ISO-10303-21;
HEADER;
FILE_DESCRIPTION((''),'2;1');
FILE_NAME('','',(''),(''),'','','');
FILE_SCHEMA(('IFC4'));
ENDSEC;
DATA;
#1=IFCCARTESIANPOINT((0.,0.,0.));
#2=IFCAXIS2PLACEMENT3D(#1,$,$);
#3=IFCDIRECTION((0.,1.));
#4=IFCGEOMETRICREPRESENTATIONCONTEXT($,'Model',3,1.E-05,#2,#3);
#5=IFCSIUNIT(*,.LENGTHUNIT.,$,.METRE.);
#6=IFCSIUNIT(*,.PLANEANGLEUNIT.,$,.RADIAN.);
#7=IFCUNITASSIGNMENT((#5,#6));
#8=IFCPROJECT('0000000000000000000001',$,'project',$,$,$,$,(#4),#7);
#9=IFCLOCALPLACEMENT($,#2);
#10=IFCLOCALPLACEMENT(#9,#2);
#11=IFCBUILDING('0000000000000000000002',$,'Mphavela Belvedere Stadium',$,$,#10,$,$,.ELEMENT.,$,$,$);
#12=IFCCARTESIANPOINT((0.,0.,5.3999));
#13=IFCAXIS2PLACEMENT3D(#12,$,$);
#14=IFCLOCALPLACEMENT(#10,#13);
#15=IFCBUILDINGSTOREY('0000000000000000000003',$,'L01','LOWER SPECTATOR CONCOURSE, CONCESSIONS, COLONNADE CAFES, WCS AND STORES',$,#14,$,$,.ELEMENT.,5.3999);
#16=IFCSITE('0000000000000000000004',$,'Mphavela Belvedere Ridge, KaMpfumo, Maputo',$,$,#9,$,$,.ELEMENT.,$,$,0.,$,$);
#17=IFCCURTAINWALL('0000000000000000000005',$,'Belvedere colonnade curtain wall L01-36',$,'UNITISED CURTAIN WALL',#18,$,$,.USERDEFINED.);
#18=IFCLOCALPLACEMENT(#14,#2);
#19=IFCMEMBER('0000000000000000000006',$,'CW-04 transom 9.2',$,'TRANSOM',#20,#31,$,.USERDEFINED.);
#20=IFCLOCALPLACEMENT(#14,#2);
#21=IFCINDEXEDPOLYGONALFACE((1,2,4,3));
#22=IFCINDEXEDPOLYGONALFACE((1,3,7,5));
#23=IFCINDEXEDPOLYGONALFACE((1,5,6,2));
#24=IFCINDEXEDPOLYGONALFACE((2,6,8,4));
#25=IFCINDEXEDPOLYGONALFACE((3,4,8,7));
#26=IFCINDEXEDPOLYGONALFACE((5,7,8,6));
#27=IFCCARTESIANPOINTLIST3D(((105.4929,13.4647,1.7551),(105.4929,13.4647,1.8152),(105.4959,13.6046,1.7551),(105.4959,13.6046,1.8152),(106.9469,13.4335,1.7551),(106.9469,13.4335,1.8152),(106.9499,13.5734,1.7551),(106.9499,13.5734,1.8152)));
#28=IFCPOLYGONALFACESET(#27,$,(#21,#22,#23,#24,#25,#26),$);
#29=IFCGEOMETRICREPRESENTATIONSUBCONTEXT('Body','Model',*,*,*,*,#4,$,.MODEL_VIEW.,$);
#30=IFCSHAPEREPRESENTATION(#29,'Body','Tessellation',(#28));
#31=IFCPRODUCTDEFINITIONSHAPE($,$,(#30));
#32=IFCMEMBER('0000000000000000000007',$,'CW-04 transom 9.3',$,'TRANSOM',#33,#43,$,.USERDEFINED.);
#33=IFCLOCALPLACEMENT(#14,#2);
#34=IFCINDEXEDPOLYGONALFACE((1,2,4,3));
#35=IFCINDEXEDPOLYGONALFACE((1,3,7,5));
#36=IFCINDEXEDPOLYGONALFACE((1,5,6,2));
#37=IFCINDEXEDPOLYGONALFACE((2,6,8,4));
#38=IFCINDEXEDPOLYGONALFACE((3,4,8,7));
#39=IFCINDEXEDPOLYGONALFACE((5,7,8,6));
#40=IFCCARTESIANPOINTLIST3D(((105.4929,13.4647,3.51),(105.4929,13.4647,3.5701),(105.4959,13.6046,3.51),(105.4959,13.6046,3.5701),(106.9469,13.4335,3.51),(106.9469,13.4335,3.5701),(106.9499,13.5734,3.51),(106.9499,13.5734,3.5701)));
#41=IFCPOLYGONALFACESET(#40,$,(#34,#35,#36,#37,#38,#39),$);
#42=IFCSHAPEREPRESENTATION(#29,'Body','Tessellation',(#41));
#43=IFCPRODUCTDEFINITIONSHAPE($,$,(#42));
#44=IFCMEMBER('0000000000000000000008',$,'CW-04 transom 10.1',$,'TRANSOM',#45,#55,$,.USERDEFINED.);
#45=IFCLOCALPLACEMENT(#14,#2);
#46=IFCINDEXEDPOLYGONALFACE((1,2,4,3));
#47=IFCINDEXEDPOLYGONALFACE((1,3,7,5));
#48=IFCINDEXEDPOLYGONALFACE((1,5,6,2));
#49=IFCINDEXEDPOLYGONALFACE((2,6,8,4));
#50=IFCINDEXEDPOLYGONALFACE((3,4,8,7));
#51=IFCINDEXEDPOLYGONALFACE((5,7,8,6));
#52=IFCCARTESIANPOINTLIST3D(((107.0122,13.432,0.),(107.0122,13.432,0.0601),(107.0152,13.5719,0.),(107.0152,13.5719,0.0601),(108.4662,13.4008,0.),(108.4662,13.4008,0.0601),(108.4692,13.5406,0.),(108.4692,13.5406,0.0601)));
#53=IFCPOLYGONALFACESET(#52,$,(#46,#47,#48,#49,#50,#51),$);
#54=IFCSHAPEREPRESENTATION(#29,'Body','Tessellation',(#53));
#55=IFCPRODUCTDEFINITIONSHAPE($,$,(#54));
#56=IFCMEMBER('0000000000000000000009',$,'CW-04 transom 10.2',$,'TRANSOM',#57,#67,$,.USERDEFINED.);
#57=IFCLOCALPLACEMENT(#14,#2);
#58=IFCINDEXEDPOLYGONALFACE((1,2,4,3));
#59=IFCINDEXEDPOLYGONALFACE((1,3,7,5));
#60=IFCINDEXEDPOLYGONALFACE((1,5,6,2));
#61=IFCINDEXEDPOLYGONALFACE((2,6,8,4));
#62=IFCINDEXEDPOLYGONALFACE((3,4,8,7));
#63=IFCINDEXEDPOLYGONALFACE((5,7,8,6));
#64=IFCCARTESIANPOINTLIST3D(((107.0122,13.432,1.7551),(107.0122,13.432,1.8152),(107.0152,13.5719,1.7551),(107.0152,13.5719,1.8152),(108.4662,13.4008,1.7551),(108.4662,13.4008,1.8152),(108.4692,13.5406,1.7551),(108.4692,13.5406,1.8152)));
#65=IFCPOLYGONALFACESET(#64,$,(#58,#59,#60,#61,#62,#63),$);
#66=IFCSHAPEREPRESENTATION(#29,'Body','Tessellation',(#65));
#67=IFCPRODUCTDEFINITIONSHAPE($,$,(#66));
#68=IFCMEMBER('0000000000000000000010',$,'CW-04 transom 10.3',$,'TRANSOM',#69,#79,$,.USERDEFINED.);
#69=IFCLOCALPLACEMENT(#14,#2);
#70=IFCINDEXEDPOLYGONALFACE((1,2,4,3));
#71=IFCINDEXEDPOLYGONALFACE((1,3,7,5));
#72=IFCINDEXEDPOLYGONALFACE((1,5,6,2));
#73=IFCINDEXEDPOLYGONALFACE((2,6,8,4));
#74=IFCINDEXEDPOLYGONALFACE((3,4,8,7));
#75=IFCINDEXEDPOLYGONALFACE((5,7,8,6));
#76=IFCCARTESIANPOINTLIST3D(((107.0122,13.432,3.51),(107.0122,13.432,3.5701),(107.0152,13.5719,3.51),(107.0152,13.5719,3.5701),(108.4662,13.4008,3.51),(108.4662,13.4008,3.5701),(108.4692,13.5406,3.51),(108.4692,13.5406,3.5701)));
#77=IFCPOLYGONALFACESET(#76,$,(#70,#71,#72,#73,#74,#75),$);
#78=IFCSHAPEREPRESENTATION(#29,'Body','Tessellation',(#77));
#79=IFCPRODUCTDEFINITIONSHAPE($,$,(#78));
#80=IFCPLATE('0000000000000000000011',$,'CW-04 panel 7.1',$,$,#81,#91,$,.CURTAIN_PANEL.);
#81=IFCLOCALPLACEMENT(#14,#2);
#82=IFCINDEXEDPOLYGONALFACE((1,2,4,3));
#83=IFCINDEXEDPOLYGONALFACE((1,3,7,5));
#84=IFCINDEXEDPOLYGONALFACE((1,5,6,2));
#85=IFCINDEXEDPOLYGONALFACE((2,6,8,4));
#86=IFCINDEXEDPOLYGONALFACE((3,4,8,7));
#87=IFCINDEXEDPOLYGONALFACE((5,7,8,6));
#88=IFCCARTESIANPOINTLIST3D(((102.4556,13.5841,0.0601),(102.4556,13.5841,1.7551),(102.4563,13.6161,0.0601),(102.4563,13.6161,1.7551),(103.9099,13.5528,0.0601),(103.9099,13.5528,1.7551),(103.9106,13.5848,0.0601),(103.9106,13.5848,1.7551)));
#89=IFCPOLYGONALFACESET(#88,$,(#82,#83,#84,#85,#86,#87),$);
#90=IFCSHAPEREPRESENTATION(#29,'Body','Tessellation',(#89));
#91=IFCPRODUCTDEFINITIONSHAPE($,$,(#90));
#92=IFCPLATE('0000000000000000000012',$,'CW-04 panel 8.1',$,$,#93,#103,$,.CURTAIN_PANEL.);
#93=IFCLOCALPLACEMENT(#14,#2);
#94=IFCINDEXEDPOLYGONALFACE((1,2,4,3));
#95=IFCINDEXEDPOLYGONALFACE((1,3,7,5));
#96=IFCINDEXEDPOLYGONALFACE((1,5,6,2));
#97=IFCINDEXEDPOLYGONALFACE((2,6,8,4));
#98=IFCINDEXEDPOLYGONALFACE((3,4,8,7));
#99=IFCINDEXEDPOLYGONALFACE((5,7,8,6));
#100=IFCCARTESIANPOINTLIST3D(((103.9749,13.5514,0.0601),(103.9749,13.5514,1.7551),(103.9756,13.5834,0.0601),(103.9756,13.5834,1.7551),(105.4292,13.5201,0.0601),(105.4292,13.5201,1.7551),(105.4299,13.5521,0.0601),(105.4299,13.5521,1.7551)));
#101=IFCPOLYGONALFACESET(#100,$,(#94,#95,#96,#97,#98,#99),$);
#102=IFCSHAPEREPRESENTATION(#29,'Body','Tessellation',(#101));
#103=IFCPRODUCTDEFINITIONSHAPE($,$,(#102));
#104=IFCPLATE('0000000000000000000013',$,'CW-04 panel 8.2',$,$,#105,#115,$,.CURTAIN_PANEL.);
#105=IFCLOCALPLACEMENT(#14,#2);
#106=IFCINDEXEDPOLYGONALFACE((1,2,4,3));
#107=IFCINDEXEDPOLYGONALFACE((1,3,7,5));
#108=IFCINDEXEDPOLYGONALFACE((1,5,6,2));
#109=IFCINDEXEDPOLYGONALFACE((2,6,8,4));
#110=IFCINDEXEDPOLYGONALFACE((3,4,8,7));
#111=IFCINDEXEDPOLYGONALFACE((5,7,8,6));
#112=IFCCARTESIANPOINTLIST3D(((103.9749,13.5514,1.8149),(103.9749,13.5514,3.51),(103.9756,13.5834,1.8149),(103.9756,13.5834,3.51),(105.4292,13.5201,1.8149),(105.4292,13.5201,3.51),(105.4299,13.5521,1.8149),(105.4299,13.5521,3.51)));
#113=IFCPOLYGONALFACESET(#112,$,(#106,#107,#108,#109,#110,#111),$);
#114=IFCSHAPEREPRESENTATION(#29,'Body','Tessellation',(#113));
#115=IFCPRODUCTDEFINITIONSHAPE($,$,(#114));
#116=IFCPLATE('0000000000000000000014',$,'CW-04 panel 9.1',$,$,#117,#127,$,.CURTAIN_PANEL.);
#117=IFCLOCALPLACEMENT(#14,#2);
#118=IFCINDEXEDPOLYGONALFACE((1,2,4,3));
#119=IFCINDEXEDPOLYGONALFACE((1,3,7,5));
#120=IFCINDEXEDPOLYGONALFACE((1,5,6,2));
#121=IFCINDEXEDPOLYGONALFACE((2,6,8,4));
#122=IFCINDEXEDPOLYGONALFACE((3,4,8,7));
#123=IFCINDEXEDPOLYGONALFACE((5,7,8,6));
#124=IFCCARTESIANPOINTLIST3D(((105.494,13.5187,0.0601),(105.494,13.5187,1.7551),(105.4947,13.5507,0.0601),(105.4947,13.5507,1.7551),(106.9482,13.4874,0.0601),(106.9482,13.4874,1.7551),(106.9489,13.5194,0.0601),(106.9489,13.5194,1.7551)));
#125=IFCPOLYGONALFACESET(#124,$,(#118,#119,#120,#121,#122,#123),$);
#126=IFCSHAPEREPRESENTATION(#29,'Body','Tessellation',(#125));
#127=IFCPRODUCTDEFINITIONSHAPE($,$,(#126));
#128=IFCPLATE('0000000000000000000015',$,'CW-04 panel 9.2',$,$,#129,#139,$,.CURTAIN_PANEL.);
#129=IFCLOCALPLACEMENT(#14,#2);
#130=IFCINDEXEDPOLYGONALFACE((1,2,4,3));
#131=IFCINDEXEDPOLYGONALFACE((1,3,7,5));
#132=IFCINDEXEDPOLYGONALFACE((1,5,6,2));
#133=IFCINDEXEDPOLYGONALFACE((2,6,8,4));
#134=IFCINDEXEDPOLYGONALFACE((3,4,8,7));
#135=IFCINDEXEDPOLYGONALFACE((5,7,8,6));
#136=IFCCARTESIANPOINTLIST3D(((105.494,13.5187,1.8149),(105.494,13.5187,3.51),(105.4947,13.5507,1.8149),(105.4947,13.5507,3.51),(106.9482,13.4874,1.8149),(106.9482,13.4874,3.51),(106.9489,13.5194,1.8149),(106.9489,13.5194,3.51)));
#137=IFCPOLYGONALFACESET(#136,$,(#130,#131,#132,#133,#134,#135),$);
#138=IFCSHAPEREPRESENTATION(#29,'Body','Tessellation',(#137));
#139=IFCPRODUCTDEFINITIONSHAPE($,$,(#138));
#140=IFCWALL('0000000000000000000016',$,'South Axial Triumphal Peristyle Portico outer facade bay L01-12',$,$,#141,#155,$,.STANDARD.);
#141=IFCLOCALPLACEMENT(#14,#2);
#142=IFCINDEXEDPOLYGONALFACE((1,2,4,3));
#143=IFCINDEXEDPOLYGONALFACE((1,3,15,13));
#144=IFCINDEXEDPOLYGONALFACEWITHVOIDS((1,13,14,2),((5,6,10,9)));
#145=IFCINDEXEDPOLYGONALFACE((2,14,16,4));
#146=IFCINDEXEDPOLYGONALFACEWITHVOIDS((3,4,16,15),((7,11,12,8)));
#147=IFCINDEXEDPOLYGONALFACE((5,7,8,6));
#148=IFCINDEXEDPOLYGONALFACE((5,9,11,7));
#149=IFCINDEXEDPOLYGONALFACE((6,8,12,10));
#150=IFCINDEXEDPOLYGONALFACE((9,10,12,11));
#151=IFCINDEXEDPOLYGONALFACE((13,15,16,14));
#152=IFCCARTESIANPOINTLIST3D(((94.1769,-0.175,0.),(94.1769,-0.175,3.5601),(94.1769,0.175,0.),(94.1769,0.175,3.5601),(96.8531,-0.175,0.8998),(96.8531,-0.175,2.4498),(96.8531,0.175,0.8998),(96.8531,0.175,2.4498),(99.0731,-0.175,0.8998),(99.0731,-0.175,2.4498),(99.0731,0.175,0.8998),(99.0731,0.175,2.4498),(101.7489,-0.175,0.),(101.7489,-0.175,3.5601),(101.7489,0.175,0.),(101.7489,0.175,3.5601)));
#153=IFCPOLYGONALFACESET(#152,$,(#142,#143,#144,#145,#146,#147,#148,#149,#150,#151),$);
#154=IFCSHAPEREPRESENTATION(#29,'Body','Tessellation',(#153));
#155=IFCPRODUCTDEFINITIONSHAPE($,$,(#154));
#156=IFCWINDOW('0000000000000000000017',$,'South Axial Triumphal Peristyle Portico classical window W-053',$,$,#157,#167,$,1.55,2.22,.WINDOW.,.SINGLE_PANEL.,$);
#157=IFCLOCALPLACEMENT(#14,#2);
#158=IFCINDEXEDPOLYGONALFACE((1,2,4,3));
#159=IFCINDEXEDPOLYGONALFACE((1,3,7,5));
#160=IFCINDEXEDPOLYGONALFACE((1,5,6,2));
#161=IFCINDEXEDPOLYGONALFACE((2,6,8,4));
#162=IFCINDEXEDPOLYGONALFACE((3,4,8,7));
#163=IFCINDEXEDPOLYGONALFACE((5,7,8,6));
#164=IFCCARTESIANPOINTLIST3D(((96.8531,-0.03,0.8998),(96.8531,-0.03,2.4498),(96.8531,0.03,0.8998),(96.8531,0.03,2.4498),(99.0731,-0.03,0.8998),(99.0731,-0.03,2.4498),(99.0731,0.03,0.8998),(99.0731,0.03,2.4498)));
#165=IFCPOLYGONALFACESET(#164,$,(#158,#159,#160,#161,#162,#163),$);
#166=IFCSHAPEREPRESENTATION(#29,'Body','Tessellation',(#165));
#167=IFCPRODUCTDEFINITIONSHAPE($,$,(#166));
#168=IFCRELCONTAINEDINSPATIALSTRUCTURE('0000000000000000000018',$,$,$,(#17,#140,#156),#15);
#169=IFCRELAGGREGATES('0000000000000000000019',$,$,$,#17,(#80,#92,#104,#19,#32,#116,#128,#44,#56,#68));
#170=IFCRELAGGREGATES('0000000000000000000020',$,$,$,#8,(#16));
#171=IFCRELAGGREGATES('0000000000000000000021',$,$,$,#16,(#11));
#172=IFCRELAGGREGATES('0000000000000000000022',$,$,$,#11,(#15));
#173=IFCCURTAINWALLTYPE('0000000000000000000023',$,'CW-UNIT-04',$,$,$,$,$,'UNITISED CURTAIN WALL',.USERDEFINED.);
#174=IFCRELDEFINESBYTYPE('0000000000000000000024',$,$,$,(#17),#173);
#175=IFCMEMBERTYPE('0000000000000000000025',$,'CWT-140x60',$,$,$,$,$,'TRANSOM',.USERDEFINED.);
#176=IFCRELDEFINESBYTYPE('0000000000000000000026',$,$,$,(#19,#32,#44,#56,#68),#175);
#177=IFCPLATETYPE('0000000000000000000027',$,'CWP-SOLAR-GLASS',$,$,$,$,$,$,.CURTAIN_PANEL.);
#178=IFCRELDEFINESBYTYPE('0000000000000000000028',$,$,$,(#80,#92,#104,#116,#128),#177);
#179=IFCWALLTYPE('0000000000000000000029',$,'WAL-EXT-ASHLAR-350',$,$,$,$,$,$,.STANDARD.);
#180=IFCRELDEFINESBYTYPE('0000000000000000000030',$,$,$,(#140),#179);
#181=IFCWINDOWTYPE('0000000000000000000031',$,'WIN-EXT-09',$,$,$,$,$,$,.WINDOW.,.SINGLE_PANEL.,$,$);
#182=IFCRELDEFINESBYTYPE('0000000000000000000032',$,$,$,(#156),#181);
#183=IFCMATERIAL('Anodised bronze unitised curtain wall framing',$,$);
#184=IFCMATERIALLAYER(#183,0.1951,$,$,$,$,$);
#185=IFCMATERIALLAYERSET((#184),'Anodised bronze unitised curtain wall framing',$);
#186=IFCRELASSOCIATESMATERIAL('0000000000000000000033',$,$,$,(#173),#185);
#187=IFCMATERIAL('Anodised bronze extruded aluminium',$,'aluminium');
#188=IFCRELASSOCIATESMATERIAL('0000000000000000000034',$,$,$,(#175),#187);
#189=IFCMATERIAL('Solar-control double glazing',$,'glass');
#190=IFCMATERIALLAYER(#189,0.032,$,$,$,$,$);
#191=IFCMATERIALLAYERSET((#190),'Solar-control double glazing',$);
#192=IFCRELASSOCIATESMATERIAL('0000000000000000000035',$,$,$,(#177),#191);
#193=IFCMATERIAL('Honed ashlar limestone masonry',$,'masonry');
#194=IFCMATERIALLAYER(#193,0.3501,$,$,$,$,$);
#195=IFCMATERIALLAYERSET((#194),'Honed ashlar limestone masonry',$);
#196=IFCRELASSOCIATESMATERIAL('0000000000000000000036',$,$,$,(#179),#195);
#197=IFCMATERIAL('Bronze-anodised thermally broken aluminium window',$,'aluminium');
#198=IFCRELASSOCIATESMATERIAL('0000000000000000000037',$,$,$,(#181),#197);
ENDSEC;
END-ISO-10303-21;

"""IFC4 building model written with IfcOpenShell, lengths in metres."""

from ifc_helpers import new_model, si_unit, direction, frame, frame_2d, origin, origin_2d, place, context, subcontext, project, spatial, rectangle, extrude, material, layer, layer_set, material_profile, profile_set, type_object, element, fill, aggregate, save


model = new_model("IFC4")

# Units and contexts
model_context = context("Model", 3, precision=1e-05, world=origin(), true_north=direction((0.0, 1.0)))
body_context = subcontext(model_context, "Body", "Model", "MODEL_VIEW")
ifc_project = project(units=[si_unit("LENGTHUNIT", "METRE"), si_unit("PLANEANGLEUNIT", "RADIAN")], contexts=[model_context])

# Site, building, storey
site_placement = place(None, origin())
site = spatial("IfcSite", under=ifc_project, at=site_placement, Name="Mphavela Belvedere Ridge, KaMpfumo, Maputo", CompositionType="ELEMENT", RefElevation=0.0)
building_placement = place(site_placement, origin())
building = spatial("IfcBuilding", under=site, at=building_placement, Name="Mphavela Belvedere Stadium", CompositionType="ELEMENT")
storey_placement = place(building_placement, frame((0.0, 0.0, 5.3999)))
storey = spatial("IfcBuildingStorey", under=building, at=storey_placement, Name="L01", Description="LOWER SPECTATOR CONCOURSE, CONCESSIONS, COLONNADE CAFES, WCS AND STORES", CompositionType="ELEMENT", Elevation=5.3999)

# Curtain wall, members, plates
ifc_material_1 = material(Name="Anodised bronze unitised curtain wall framing")
ifc_layer_1 = layer(ifc_material_1, 0.1951)
ifc_layer_set_1 = layer_set([ifc_layer_1], Name="Anodised bronze unitised curtain wall framing")
curtain_wall_type = type_object("IfcCurtainWallType", Name="CW-UNIT-04", ElementType="UNITISED CURTAIN WALL", PredefinedType="USERDEFINED", material=ifc_layer_set_1)
curtain_wall_placement = place(storey_placement, origin())
curtain_wall = element("IfcCurtainWall", 1, at=curtain_wall_placement, inside=storey, type_object=curtain_wall_type, Name="Belvedere colonnade curtain wall L01-36", ObjectType="UNITISED CURTAIN WALL", PredefinedType="USERDEFINED")
ifc_material_2 = material(Name="Anodised bronze extruded aluminium", Category="aluminium")
ifc_material_profile_1 = material_profile(ifc_material_2, rectangle(XDim=0.1399, YDim=0.0601, at=origin_2d()), Name="CW-TRN 140x60")
ifc_profile_set_1 = profile_set([ifc_material_profile_1], Name="Anodised bronze extruded aluminium")
member_type_1 = type_object("IfcMemberType", Name="CWT-140x60", ElementType="TRANSOM", PredefinedType="USERDEFINED", material=ifc_profile_set_1)
member_1_placement = place(storey_placement, frame((105.4944, 13.5347, 1.7852), z_axis=(0.999769, -0.021486, 0.0), x_axis=(0.021486, 0.999769, 0.0)))
member_1 = element("IfcMember", 2, at=member_1_placement, type_object=member_type_1, Name="CW-04 transom 9.2", ObjectType="TRANSOM", PredefinedType="USERDEFINED", context=body_context, shape_type="SweptSolid", body=[
    extrude(rectangle(XDim=0.1399, YDim=0.0601, at=origin_2d()), origin(), (0.0, 0.0, 1.0), 1.4543),
])
member_2_placement = place(storey_placement, frame((105.4944, 13.5347, 3.54), z_axis=(0.999769, -0.021486, 0.0), x_axis=(0.021486, 0.999769, 0.0)))
member_2 = element("IfcMember", 3, at=member_2_placement, type_object=member_type_1, Name="CW-04 transom 9.3", ObjectType="TRANSOM", PredefinedType="USERDEFINED", context=body_context, shape_type="SweptSolid", body=[
    extrude(rectangle(XDim=0.1399, YDim=0.0601, at=origin_2d()), origin(), (0.0, 0.0, 1.0), 1.4543),
])
member_3_placement = place(storey_placement, frame((107.0137, 13.502, 0.03), z_axis=(0.999769, -0.021486, 0.0), x_axis=(0.021486, 0.999769, 0.0)))
member_3 = element("IfcMember", 4, at=member_3_placement, type_object=member_type_1, Name="CW-04 transom 10.1", ObjectType="TRANSOM", PredefinedType="USERDEFINED", context=body_context, shape_type="SweptSolid", body=[
    extrude(rectangle(XDim=0.1399, YDim=0.0601, at=origin_2d()), origin(), (0.0, 0.0, 1.0), 1.4543),
])
member_4_placement = place(storey_placement, frame((107.0137, 13.502, 1.7852), z_axis=(0.999769, -0.021486, 0.0), x_axis=(0.021486, 0.999769, 0.0)))
member_4 = element("IfcMember", 5, at=member_4_placement, type_object=member_type_1, Name="CW-04 transom 10.2", ObjectType="TRANSOM", PredefinedType="USERDEFINED", context=body_context, shape_type="SweptSolid", body=[
    extrude(rectangle(XDim=0.1399, YDim=0.0601, at=origin_2d()), origin(), (0.0, 0.0, 1.0), 1.4543),
])
member_5_placement = place(storey_placement, frame((107.0137, 13.502, 3.54), z_axis=(0.999769, -0.021486, 0.0), x_axis=(0.021486, 0.999769, 0.0)))
member_5 = element("IfcMember", 6, at=member_5_placement, type_object=member_type_1, Name="CW-04 transom 10.3", ObjectType="TRANSOM", PredefinedType="USERDEFINED", context=body_context, shape_type="SweptSolid", body=[
    extrude(rectangle(XDim=0.1399, YDim=0.0601, at=origin_2d()), origin(), (0.0, 0.0, 1.0), 1.4543),
])
ifc_material_3 = material(Name="Solar-control double glazing", Category="glass")
ifc_layer_2 = layer(ifc_material_3, 0.032)
ifc_layer_set_2 = layer_set([ifc_layer_2], Name="Solar-control double glazing")
plate_type = type_object("IfcPlateType", Name="CWP-SOLAR-GLASS", PredefinedType="CURTAIN_PANEL", material=ifc_layer_set_2)
plate_1_placement = place(storey_placement, frame((103.1831, 13.5845, 0.0601), z_axis=(0.0, 0.0, 1.0), x_axis=(0.999768, -0.021529, 0.0)))
plate_1 = element("IfcPlate", 7, at=plate_1_placement, type_object=plate_type, Name="CW-04 panel 7.1", PredefinedType="CURTAIN_PANEL", context=body_context, shape_type="SweptSolid", body=[
    extrude(rectangle(XDim=1.4546, YDim=0.032, at=origin_2d()), origin(), (0.0, 0.0, 1.0), 1.6951),
])
plate_2_placement = place(storey_placement, frame((104.7024, 13.5518, 0.0601), z_axis=(0.0, 0.0, 1.0), x_axis=(0.999768, -0.021529, 0.0)))
plate_2 = element("IfcPlate", 8, at=plate_2_placement, type_object=plate_type, Name="CW-04 panel 8.1", PredefinedType="CURTAIN_PANEL", context=body_context, shape_type="SweptSolid", body=[
    extrude(rectangle(XDim=1.4546, YDim=0.032, at=origin_2d()), origin(), (0.0, 0.0, 1.0), 1.6951),
])
plate_3_placement = place(storey_placement, frame((104.7024, 13.5518, 1.8149), z_axis=(0.0, 0.0, 1.0), x_axis=(0.999768, -0.021529, 0.0)))
plate_3 = element("IfcPlate", 9, at=plate_3_placement, type_object=plate_type, Name="CW-04 panel 8.2", PredefinedType="CURTAIN_PANEL", context=body_context, shape_type="SweptSolid", body=[
    extrude(rectangle(XDim=1.4546, YDim=0.032, at=origin_2d()), origin(), (0.0, 0.0, 1.0), 1.6951),
])
plate_4_placement = place(storey_placement, frame((106.2214, 13.519, 0.0601), z_axis=(0.0, 0.0, 1.0), x_axis=(0.999768, -0.021529, 0.0)))
plate_4 = element("IfcPlate", 10, at=plate_4_placement, type_object=plate_type, Name="CW-04 panel 9.1", PredefinedType="CURTAIN_PANEL", context=body_context, shape_type="SweptSolid", body=[
    extrude(rectangle(XDim=1.4546, YDim=0.032, at=origin_2d()), origin(), (0.0, 0.0, 1.0), 1.6951),
])
plate_5_placement = place(storey_placement, frame((106.2214, 13.519, 1.8149), z_axis=(0.0, 0.0, 1.0), x_axis=(0.999768, -0.021529, 0.0)))
plate_5 = element("IfcPlate", 11, at=plate_5_placement, type_object=plate_type, Name="CW-04 panel 9.2", PredefinedType="CURTAIN_PANEL", context=body_context, shape_type="SweptSolid", body=[
    extrude(rectangle(XDim=1.4546, YDim=0.032, at=origin_2d()), origin(), (0.0, 0.0, 1.0), 1.6951),
])
aggregate(curtain_wall, [plate_1, plate_2, plate_3, member_1, member_2, plate_4, plate_5, member_3, member_4, member_5])

# Wall, opening, window
ifc_material_4 = material(Name="Honed ashlar limestone masonry", Category="masonry")
ifc_layer_3 = layer(ifc_material_4, 0.3501)
ifc_layer_set_3 = layer_set([ifc_layer_3], Name="Honed ashlar limestone masonry")
wall_type_1 = type_object("IfcWallType", Name="WAL-EXT-ASHLAR-350", PredefinedType="STANDARD", material=ifc_layer_set_3)
wall_1_placement = place(storey_placement, frame((101.749, 0.0, 0.0), z_axis=(0.0, 0.0, 1.0), x_axis=(-1.0, 0.0, 0.0)))
wall_1 = element("IfcWall", 12, at=wall_1_placement, inside=storey, type_object=wall_type_1, Name="South Axial Triumphal Peristyle Portico outer facade bay L01-12", PredefinedType="STANDARD", context=body_context, shape_type="SweptSolid", body=[
    extrude(rectangle(XDim=7.572, YDim=0.3501, at=frame_2d((3.7861, 0.0))), origin(), (0.0, 0.0, 1.0), 3.5601),
])
opening_1_placement = place(wall_1_placement, frame((2.676, 0.0, 0.8999)))
opening_1 = element("IfcOpeningElement", 13, at=opening_1_placement, cuts=wall_1, PredefinedType="OPENING", context=body_context, shape_type="SweptSolid", body=[
    extrude(rectangle(XDim=2.22, YDim=1.55, at=frame_2d((1.1099, 0.7749))), frame((0.0, 0.1851, 0.0), z_axis=(0.0, -1.0, 0.0), x_axis=(1.0, 0.0, 0.0)), (0.0, 0.0, 1.0), 0.3701),
])
ifc_material_5 = material(Name="Bronze-anodised thermally broken aluminium window", Category="aluminium")
window_type = type_object("IfcWindowType", Name="WIN-EXT-09", PartitioningType="SINGLE_PANEL", PredefinedType="WINDOW", material=ifc_material_5)
window_placement = place(opening_1_placement, origin())
window = element("IfcWindow", 14, at=window_placement, inside=storey, type_object=window_type, Name="South Axial Triumphal Peristyle Portico classical window W-053", OverallHeight=1.55, OverallWidth=2.22, PartitioningType="SINGLE_PANEL", PredefinedType="WINDOW", context=body_context, shape_type="SweptSolid", body=[
    extrude(rectangle(XDim=2.22, YDim=1.55, at=frame_2d((1.1099, 0.7749))), frame((0.0, 0.03, 0.0), z_axis=(0.0, -1.0, 0.0), x_axis=(1.0, 0.0, 0.0)), (0.0, 0.0, 1.0), 0.0601),
])
fill(opening_1, window)

save(model, "model.ifc")
